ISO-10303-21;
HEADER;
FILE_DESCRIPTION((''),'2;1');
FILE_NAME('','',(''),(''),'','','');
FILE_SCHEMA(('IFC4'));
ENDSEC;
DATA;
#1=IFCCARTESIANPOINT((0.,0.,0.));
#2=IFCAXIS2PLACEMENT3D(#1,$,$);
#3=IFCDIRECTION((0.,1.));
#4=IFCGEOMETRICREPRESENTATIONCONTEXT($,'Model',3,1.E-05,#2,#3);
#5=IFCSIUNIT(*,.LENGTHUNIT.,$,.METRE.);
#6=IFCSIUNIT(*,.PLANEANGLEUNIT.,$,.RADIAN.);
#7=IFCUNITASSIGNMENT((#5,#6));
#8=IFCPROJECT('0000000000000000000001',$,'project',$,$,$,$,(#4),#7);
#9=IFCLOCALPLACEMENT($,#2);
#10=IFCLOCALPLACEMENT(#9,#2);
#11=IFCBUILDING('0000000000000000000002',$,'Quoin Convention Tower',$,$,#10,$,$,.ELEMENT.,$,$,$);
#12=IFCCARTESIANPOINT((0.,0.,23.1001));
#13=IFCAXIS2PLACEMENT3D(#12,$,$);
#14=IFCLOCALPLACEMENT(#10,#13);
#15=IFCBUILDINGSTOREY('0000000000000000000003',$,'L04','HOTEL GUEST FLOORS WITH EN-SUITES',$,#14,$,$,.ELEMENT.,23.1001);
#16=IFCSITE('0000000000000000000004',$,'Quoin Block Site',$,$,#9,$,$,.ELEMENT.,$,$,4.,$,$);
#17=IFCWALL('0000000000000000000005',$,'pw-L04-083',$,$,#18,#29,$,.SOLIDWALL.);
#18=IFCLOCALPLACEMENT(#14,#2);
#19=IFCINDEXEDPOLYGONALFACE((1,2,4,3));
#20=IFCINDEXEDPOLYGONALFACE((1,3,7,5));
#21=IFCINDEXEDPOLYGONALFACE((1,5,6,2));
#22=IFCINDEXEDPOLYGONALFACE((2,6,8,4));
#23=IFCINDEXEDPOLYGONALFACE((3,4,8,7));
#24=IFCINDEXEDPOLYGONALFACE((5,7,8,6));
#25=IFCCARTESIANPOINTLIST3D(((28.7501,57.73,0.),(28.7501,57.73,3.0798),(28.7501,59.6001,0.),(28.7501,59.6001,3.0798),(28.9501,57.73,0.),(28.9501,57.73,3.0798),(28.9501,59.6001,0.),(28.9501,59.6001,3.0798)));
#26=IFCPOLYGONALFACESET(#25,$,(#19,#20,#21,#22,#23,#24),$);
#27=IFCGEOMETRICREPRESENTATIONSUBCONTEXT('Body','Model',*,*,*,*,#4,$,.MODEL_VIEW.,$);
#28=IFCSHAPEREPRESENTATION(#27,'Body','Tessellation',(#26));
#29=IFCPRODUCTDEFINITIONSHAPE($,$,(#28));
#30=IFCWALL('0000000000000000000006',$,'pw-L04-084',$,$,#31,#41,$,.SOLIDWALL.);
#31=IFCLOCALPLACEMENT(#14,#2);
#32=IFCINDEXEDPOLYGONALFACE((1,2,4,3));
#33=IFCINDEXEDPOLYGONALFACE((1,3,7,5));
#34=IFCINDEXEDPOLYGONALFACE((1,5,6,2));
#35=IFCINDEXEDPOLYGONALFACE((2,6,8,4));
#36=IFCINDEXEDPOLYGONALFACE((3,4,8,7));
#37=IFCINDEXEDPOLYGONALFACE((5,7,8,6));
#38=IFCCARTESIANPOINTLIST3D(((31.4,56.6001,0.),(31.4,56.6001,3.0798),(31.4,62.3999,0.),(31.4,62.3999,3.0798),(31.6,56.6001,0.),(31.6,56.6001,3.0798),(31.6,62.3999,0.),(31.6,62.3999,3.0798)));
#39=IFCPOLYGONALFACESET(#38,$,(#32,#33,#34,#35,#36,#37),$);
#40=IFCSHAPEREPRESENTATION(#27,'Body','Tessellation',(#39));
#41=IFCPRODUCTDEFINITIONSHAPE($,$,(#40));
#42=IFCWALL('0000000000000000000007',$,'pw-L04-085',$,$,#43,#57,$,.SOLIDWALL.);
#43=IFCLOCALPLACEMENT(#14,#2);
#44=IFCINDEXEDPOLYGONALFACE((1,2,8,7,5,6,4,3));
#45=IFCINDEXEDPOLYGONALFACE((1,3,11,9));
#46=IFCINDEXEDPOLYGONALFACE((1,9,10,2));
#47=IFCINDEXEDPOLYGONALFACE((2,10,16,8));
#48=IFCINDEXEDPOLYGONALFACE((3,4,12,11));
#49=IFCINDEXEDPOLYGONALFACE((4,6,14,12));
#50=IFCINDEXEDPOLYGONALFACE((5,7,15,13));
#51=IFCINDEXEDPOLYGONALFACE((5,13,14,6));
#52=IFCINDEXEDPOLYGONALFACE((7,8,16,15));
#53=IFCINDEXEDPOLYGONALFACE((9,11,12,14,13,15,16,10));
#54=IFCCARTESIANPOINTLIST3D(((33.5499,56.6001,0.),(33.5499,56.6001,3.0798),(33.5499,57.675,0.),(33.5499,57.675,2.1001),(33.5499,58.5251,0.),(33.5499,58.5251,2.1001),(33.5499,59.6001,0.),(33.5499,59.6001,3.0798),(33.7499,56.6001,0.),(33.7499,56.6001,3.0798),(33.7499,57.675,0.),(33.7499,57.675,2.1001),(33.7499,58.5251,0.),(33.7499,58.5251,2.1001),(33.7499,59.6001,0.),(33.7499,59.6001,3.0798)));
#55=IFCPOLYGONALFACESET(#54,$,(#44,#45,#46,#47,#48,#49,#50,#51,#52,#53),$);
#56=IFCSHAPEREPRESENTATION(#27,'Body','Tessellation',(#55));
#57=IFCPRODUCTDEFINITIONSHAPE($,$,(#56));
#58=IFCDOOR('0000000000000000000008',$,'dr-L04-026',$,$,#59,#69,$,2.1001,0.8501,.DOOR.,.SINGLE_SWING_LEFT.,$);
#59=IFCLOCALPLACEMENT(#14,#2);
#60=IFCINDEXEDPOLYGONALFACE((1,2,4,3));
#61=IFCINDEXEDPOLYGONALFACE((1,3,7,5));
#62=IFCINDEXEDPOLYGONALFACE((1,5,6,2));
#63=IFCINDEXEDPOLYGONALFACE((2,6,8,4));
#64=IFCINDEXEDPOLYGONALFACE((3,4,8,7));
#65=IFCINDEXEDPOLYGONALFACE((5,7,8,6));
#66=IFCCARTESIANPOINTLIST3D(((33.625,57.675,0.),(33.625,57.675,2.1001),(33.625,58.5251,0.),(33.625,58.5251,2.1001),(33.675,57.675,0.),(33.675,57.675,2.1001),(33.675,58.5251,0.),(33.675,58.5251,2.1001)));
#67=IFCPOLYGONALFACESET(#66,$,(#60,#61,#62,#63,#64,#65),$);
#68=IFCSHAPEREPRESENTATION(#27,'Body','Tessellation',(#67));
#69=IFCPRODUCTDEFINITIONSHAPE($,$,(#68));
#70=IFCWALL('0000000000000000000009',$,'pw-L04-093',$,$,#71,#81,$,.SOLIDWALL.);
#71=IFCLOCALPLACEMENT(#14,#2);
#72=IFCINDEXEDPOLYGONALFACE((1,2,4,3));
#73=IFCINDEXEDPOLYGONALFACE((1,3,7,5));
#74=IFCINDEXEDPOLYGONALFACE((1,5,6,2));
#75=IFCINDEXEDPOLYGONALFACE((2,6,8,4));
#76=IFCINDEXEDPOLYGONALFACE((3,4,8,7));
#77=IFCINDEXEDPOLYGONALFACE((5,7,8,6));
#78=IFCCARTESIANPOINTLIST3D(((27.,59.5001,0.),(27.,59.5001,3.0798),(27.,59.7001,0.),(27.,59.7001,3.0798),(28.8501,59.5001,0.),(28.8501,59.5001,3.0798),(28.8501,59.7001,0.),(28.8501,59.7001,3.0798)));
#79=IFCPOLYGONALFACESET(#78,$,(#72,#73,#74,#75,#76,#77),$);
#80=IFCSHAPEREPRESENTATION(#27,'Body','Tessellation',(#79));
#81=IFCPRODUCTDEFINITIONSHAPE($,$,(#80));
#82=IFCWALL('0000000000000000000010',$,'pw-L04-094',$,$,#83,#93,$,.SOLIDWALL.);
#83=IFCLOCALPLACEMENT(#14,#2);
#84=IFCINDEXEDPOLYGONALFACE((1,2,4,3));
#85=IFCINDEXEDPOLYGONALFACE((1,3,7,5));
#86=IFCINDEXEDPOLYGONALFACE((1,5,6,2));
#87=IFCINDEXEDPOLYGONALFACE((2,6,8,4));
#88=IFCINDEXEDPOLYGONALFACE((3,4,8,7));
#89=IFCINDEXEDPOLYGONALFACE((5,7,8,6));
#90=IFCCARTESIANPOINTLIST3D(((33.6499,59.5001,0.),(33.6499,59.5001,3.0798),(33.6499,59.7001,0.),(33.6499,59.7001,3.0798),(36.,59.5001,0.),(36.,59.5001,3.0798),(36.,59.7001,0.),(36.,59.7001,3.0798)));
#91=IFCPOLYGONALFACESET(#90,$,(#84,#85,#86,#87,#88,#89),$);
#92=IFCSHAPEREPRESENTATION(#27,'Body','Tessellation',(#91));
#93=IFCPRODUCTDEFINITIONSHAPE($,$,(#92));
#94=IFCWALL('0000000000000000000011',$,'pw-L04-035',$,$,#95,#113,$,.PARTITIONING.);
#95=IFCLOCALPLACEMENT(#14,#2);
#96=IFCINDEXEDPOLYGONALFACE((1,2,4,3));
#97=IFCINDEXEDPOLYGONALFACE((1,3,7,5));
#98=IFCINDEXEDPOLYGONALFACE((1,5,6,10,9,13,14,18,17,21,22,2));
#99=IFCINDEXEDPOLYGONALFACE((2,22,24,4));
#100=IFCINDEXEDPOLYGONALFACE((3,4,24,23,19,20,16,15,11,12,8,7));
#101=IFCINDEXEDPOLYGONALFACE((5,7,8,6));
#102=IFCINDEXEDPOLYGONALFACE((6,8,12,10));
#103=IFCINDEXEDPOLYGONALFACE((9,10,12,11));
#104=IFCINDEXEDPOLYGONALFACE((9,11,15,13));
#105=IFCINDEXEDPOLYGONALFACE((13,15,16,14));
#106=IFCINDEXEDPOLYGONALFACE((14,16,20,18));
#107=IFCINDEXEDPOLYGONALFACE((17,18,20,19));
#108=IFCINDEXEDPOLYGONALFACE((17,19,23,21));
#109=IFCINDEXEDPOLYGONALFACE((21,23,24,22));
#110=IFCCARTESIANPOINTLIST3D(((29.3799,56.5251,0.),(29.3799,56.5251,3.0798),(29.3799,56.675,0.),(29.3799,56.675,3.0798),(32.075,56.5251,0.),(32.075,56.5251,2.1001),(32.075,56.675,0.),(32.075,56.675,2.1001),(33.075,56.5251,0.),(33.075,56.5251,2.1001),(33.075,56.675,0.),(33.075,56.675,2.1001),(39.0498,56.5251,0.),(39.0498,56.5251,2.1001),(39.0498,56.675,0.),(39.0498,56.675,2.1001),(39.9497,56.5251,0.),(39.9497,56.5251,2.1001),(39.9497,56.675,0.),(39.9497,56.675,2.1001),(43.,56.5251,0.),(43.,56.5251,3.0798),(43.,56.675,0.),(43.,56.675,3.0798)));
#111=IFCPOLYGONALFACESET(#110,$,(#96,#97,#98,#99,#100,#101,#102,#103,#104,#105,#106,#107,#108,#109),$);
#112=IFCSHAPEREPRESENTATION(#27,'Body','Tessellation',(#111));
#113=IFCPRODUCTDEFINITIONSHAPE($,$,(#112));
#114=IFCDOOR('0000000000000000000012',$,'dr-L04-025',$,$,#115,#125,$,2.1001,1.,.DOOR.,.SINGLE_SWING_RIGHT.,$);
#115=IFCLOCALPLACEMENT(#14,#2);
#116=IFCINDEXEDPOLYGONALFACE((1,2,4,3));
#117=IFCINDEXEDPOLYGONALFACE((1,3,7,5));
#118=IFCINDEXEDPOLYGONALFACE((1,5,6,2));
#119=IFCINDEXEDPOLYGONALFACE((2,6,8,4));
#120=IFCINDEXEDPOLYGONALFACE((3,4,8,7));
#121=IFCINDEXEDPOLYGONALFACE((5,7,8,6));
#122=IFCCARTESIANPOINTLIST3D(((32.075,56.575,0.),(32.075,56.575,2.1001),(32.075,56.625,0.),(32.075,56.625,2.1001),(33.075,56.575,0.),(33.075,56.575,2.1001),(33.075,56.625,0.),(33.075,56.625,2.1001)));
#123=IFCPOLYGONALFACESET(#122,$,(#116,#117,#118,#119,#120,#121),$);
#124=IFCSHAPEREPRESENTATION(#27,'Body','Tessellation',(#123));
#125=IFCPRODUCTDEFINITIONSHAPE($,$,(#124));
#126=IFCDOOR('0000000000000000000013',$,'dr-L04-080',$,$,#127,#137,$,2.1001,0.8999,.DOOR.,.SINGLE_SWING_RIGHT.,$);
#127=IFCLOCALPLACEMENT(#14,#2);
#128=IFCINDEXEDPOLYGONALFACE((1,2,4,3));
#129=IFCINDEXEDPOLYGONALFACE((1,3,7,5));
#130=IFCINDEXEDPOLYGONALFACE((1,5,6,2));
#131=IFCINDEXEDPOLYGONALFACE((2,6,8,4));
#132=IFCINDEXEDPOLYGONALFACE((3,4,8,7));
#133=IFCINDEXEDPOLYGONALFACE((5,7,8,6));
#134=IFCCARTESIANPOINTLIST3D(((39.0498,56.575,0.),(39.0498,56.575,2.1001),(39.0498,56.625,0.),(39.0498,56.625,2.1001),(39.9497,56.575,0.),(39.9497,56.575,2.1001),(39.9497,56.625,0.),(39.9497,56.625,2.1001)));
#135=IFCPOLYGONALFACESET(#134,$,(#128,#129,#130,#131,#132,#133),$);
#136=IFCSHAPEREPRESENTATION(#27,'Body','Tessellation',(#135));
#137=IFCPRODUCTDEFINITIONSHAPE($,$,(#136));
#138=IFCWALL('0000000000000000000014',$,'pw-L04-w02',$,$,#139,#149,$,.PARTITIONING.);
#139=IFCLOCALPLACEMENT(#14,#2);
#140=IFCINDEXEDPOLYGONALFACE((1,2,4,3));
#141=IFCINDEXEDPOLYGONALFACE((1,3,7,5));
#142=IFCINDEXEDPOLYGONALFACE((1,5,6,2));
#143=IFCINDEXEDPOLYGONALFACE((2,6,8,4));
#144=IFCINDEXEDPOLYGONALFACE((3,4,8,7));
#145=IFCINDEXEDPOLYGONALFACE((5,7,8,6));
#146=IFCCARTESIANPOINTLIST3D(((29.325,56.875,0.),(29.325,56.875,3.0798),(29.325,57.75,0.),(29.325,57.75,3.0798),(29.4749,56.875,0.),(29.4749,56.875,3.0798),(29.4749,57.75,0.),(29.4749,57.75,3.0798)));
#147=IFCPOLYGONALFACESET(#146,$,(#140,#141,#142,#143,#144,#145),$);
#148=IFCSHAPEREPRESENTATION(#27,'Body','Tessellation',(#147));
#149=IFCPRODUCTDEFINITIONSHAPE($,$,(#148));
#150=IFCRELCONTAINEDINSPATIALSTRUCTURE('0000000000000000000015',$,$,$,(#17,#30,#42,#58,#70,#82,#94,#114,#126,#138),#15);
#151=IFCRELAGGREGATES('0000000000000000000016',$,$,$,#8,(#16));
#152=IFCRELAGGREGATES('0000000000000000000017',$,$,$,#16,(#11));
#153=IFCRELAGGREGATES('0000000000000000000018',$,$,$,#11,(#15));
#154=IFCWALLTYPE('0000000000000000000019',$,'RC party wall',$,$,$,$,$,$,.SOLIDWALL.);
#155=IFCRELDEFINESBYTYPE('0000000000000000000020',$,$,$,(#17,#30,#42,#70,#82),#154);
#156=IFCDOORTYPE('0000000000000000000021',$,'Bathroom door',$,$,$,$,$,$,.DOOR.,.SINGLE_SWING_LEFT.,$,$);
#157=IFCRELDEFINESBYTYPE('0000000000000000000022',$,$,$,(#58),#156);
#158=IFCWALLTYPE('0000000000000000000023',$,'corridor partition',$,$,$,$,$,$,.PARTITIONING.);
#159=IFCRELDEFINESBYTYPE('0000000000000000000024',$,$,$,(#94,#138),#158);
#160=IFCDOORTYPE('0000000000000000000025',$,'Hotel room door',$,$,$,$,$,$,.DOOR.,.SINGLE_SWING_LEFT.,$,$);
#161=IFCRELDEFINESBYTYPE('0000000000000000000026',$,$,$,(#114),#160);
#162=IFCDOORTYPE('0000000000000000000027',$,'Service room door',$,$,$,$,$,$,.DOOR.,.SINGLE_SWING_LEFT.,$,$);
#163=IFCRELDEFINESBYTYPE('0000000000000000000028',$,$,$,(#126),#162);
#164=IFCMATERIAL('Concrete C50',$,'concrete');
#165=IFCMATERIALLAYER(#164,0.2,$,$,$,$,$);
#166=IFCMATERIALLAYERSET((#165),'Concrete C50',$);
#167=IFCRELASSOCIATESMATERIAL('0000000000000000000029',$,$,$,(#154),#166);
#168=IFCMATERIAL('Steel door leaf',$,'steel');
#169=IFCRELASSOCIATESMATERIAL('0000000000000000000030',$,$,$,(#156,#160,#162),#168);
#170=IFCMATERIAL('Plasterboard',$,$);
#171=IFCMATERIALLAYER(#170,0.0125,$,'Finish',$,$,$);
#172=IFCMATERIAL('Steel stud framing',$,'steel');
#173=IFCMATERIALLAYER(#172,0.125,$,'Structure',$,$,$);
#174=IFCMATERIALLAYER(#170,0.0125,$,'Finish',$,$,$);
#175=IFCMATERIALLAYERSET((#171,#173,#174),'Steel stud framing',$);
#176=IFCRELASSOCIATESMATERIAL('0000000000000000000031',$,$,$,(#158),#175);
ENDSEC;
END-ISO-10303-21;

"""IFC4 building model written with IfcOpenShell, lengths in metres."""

from ifc_helpers import new_model, si_unit, direction, frame, frame_2d, origin, place, context, subcontext, project, spatial, rectangle, extrude, material, layer, layer_set, type_object, element, fill, save


model = new_model("IFC4")

# Units and contexts
model_context = context("Model", 3, precision=1e-05, world=origin(), true_north=direction((0.0, 1.0)))
body_context = subcontext(model_context, "Body", "Model", "MODEL_VIEW")
ifc_project = project(units=[si_unit("LENGTHUNIT", "METRE"), si_unit("PLANEANGLEUNIT", "RADIAN")], contexts=[model_context])

# Site, building, storey
site_placement = place(None, origin())
site = spatial("IfcSite", under=ifc_project, at=site_placement, Name="Quoin Block Site", CompositionType="ELEMENT", RefElevation=4.0)
building_placement = place(site_placement, origin())
building = spatial("IfcBuilding", under=site, at=building_placement, Name="Quoin Convention Tower", CompositionType="ELEMENT")
storey_placement = place(building_placement, frame((0.0, 0.0, 23.1001)))
storey = spatial("IfcBuildingStorey", under=building, at=storey_placement, Name="L04", Description="HOTEL GUEST FLOORS WITH EN-SUITES", CompositionType="ELEMENT", Elevation=23.1001)

# Walls
ifc_material_1 = material(Name="Concrete C50", Category="concrete")
ifc_layer_1 = layer(ifc_material_1, 0.2)
ifc_layer_set_1 = layer_set([ifc_layer_1], Name="Concrete C50")
wall_type_1 = type_object("IfcWallType", Name="RC party wall", PredefinedType="SOLIDWALL", material=ifc_layer_set_1)
wall_1_placement = place(storey_placement, frame((28.8501, 57.73, 0.0), z_axis=(0.0, 0.0, 1.0), x_axis=(0.0, 1.0, 0.0)))
element("IfcWall", 1, at=wall_1_placement, inside=storey, type_object=wall_type_1, Name="pw-L04-083", PredefinedType="SOLIDWALL", context=body_context, shape_type="SweptSolid", body=[
    extrude(rectangle(XDim=1.8701, YDim=0.2, at=frame_2d((0.9351, 0.0))), origin(), (0.0, 0.0, 1.0), 3.0798),
])
wall_2_placement = place(storey_placement, frame((31.5, 56.6001, 0.0), z_axis=(0.0, 0.0, 1.0), x_axis=(0.0, 1.0, 0.0)))
element("IfcWall", 2, at=wall_2_placement, inside=storey, type_object=wall_type_1, Name="pw-L04-084", PredefinedType="SOLIDWALL", context=body_context, shape_type="SweptSolid", body=[
    extrude(rectangle(XDim=5.7998, YDim=0.2, at=frame_2d((2.8999, 0.0))), origin(), (0.0, 0.0, 1.0), 3.0798),
])

# Wall, opening, door
wall_3_placement = place(storey_placement, frame((33.6499, 56.6001, 0.0), z_axis=(0.0, 0.0, 1.0), x_axis=(0.0, 1.0, 0.0)))
wall_3 = element("IfcWall", 3, at=wall_3_placement, inside=storey, type_object=wall_type_1, Name="pw-L04-085", PredefinedType="SOLIDWALL", context=body_context, shape_type="SweptSolid", body=[
    extrude(rectangle(XDim=3.0, YDim=0.2, at=frame_2d((1.5, 0.0))), origin(), (0.0, 0.0, 1.0), 3.0798),
])
opening_1_placement = place(wall_3_placement, frame((1.075, 0.0, 0.0)))
opening_1 = element("IfcOpeningElement", 4, at=opening_1_placement, cuts=wall_3, PredefinedType="OPENING", context=body_context, shape_type="SweptSolid", body=[
    extrude(rectangle(XDim=0.8501, YDim=2.1001, at=frame_2d((0.425, 1.05))), frame((0.0, 0.1099, 0.0), z_axis=(0.0, -1.0, 0.0), x_axis=(1.0, 0.0, 0.0)), (0.0, 0.0, 1.0), 0.22),
])
ifc_material_2 = material(Name="Steel door leaf", Category="steel")
door_type_1 = type_object("IfcDoorType", Name="Bathroom door", OperationType="SINGLE_SWING_LEFT", PredefinedType="DOOR", material=ifc_material_2)
door_1_placement = place(opening_1_placement, origin())
door_1 = element("IfcDoor", 5, at=door_1_placement, inside=storey, type_object=door_type_1, Name="dr-L04-026", OperationType="SINGLE_SWING_LEFT", OverallHeight=2.1001, OverallWidth=0.8501, PredefinedType="DOOR", context=body_context, shape_type="SweptSolid", body=[
    extrude(rectangle(XDim=0.8501, YDim=2.1001, at=frame_2d((0.425, 1.05))), frame((0.0, 0.0249, 0.0), z_axis=(0.0, -1.0, 0.0), x_axis=(1.0, 0.0, 0.0)), (0.0, 0.0, 1.0), 0.05),
])
fill(opening_1, door_1)

# Walls
wall_4_placement = place(storey_placement, frame((27.0, 59.6001, 0.0), z_axis=(0.0, 0.0, 1.0), x_axis=(1.0, 0.0, 0.0)))
element("IfcWall", 6, at=wall_4_placement, inside=storey, type_object=wall_type_1, Name="pw-L04-093", PredefinedType="SOLIDWALL", context=body_context, shape_type="SweptSolid", body=[
    extrude(rectangle(XDim=1.8501, YDim=0.2, at=frame_2d((0.925, 0.0))), origin(), (0.0, 0.0, 1.0), 3.0798),
])
wall_5_placement = place(storey_placement, frame((33.6499, 59.6001, 0.0), z_axis=(0.0, 0.0, 1.0), x_axis=(1.0, 0.0, 0.0)))
element("IfcWall", 7, at=wall_5_placement, inside=storey, type_object=wall_type_1, Name="pw-L04-094", PredefinedType="SOLIDWALL", context=body_context, shape_type="SweptSolid", body=[
    extrude(rectangle(XDim=2.3501, YDim=0.2, at=frame_2d((1.175, 0.0))), origin(), (0.0, 0.0, 1.0), 3.0798),
])

# Wall, openings, doors
ifc_material_3 = material(Name="Plasterboard")
ifc_layer_2 = layer(ifc_material_3, 0.0125, Name="Finish")
ifc_material_4 = material(Name="Steel stud framing", Category="steel")
ifc_layer_3 = layer(ifc_material_4, 0.125, Name="Structure")
ifc_layer_4 = layer(ifc_material_3, 0.0125, Name="Finish")
ifc_layer_set_2 = layer_set([ifc_layer_2, ifc_layer_3, ifc_layer_4], Name="Steel stud framing")
wall_type_2 = type_object("IfcWallType", Name="corridor partition", PredefinedType="PARTITIONING", material=ifc_layer_set_2)
wall_6_placement = place(storey_placement, frame((29.3799, 56.6001, 0.0), z_axis=(0.0, 0.0, 1.0), x_axis=(1.0, 0.0, 0.0)))
wall_6 = element("IfcWall", 8, at=wall_6_placement, inside=storey, type_object=wall_type_2, Name="pw-L04-035", PredefinedType="PARTITIONING", context=body_context, shape_type="SweptSolid", body=[
    extrude(rectangle(XDim=13.6201, YDim=0.1499, at=frame_2d((6.8101, 0.0))), origin(), (0.0, 0.0, 1.0), 3.0798),
])
opening_2_placement = place(wall_6_placement, frame((2.6951, 0.0, 0.0)))
opening_2 = element("IfcOpeningElement", 9, at=opening_2_placement, cuts=wall_6, PredefinedType="OPENING", context=body_context, shape_type="SweptSolid", body=[
    extrude(rectangle(XDim=1.0, YDim=2.1001, at=frame_2d((0.5, 1.05))), frame((0.0, 0.085, 0.0), z_axis=(0.0, -1.0, 0.0), x_axis=(1.0, 0.0, 0.0)), (0.0, 0.0, 1.0), 0.1699),
])
opening_3_placement = place(wall_6_placement, frame((9.6699, 0.0, 0.0)))
opening_3 = element("IfcOpeningElement", 10, at=opening_3_placement, cuts=wall_6, PredefinedType="OPENING", context=body_context, shape_type="SweptSolid", body=[
    extrude(rectangle(XDim=0.8999, YDim=2.1001, at=frame_2d((0.45, 1.05))), frame((0.0, 0.085, 0.0), z_axis=(0.0, -1.0, 0.0), x_axis=(1.0, 0.0, 0.0)), (0.0, 0.0, 1.0), 0.1699),
])
door_type_2 = type_object("IfcDoorType", Name="Hotel room door", OperationType="SINGLE_SWING_LEFT", PredefinedType="DOOR", material=ifc_material_2)
door_2_placement = place(opening_2_placement, origin())
door_2 = element("IfcDoor", 11, at=door_2_placement, inside=storey, type_object=door_type_2, Name="dr-L04-025", OperationType="SINGLE_SWING_RIGHT", OverallHeight=2.1001, OverallWidth=1.0, PredefinedType="DOOR", context=body_context, shape_type="SweptSolid", body=[
    extrude(rectangle(XDim=1.0, YDim=2.1001, at=frame_2d((0.5, 1.05))), frame((0.0, 0.0249, 0.0), z_axis=(0.0, -1.0, 0.0), x_axis=(1.0, 0.0, 0.0)), (0.0, 0.0, 1.0), 0.05),
])
fill(opening_2, door_2)
door_type_3 = type_object("IfcDoorType", Name="Service room door", OperationType="SINGLE_SWING_LEFT", PredefinedType="DOOR", material=ifc_material_2)
door_3_placement = place(opening_3_placement, origin())
door_3 = element("IfcDoor", 12, at=door_3_placement, inside=storey, type_object=door_type_3, Name="dr-L04-080", OperationType="SINGLE_SWING_RIGHT", OverallHeight=2.1001, OverallWidth=0.8999, PredefinedType="DOOR", context=body_context, shape_type="SweptSolid", body=[
    extrude(rectangle(XDim=0.8999, YDim=2.1001, at=frame_2d((0.45, 1.05))), frame((0.0, 0.0249, 0.0), z_axis=(0.0, -1.0, 0.0), x_axis=(1.0, 0.0, 0.0)), (0.0, 0.0, 1.0), 0.05),
])
fill(opening_3, door_3)

# Wall
wall_7_placement = place(storey_placement, frame((29.3999, 57.75, 0.0), z_axis=(0.0, 0.0, 1.0), x_axis=(0.0, -1.0, 0.0)))
element("IfcWall", 13, at=wall_7_placement, inside=storey, type_object=wall_type_2, Name="pw-L04-w02", PredefinedType="PARTITIONING", context=body_context, shape_type="SweptSolid", body=[
    extrude(rectangle(XDim=0.875, YDim=0.1499, at=frame_2d((0.4375, 0.0))), origin(), (0.0, 0.0, 1.0), 3.0798),
])

save(model, "model.ifc")
